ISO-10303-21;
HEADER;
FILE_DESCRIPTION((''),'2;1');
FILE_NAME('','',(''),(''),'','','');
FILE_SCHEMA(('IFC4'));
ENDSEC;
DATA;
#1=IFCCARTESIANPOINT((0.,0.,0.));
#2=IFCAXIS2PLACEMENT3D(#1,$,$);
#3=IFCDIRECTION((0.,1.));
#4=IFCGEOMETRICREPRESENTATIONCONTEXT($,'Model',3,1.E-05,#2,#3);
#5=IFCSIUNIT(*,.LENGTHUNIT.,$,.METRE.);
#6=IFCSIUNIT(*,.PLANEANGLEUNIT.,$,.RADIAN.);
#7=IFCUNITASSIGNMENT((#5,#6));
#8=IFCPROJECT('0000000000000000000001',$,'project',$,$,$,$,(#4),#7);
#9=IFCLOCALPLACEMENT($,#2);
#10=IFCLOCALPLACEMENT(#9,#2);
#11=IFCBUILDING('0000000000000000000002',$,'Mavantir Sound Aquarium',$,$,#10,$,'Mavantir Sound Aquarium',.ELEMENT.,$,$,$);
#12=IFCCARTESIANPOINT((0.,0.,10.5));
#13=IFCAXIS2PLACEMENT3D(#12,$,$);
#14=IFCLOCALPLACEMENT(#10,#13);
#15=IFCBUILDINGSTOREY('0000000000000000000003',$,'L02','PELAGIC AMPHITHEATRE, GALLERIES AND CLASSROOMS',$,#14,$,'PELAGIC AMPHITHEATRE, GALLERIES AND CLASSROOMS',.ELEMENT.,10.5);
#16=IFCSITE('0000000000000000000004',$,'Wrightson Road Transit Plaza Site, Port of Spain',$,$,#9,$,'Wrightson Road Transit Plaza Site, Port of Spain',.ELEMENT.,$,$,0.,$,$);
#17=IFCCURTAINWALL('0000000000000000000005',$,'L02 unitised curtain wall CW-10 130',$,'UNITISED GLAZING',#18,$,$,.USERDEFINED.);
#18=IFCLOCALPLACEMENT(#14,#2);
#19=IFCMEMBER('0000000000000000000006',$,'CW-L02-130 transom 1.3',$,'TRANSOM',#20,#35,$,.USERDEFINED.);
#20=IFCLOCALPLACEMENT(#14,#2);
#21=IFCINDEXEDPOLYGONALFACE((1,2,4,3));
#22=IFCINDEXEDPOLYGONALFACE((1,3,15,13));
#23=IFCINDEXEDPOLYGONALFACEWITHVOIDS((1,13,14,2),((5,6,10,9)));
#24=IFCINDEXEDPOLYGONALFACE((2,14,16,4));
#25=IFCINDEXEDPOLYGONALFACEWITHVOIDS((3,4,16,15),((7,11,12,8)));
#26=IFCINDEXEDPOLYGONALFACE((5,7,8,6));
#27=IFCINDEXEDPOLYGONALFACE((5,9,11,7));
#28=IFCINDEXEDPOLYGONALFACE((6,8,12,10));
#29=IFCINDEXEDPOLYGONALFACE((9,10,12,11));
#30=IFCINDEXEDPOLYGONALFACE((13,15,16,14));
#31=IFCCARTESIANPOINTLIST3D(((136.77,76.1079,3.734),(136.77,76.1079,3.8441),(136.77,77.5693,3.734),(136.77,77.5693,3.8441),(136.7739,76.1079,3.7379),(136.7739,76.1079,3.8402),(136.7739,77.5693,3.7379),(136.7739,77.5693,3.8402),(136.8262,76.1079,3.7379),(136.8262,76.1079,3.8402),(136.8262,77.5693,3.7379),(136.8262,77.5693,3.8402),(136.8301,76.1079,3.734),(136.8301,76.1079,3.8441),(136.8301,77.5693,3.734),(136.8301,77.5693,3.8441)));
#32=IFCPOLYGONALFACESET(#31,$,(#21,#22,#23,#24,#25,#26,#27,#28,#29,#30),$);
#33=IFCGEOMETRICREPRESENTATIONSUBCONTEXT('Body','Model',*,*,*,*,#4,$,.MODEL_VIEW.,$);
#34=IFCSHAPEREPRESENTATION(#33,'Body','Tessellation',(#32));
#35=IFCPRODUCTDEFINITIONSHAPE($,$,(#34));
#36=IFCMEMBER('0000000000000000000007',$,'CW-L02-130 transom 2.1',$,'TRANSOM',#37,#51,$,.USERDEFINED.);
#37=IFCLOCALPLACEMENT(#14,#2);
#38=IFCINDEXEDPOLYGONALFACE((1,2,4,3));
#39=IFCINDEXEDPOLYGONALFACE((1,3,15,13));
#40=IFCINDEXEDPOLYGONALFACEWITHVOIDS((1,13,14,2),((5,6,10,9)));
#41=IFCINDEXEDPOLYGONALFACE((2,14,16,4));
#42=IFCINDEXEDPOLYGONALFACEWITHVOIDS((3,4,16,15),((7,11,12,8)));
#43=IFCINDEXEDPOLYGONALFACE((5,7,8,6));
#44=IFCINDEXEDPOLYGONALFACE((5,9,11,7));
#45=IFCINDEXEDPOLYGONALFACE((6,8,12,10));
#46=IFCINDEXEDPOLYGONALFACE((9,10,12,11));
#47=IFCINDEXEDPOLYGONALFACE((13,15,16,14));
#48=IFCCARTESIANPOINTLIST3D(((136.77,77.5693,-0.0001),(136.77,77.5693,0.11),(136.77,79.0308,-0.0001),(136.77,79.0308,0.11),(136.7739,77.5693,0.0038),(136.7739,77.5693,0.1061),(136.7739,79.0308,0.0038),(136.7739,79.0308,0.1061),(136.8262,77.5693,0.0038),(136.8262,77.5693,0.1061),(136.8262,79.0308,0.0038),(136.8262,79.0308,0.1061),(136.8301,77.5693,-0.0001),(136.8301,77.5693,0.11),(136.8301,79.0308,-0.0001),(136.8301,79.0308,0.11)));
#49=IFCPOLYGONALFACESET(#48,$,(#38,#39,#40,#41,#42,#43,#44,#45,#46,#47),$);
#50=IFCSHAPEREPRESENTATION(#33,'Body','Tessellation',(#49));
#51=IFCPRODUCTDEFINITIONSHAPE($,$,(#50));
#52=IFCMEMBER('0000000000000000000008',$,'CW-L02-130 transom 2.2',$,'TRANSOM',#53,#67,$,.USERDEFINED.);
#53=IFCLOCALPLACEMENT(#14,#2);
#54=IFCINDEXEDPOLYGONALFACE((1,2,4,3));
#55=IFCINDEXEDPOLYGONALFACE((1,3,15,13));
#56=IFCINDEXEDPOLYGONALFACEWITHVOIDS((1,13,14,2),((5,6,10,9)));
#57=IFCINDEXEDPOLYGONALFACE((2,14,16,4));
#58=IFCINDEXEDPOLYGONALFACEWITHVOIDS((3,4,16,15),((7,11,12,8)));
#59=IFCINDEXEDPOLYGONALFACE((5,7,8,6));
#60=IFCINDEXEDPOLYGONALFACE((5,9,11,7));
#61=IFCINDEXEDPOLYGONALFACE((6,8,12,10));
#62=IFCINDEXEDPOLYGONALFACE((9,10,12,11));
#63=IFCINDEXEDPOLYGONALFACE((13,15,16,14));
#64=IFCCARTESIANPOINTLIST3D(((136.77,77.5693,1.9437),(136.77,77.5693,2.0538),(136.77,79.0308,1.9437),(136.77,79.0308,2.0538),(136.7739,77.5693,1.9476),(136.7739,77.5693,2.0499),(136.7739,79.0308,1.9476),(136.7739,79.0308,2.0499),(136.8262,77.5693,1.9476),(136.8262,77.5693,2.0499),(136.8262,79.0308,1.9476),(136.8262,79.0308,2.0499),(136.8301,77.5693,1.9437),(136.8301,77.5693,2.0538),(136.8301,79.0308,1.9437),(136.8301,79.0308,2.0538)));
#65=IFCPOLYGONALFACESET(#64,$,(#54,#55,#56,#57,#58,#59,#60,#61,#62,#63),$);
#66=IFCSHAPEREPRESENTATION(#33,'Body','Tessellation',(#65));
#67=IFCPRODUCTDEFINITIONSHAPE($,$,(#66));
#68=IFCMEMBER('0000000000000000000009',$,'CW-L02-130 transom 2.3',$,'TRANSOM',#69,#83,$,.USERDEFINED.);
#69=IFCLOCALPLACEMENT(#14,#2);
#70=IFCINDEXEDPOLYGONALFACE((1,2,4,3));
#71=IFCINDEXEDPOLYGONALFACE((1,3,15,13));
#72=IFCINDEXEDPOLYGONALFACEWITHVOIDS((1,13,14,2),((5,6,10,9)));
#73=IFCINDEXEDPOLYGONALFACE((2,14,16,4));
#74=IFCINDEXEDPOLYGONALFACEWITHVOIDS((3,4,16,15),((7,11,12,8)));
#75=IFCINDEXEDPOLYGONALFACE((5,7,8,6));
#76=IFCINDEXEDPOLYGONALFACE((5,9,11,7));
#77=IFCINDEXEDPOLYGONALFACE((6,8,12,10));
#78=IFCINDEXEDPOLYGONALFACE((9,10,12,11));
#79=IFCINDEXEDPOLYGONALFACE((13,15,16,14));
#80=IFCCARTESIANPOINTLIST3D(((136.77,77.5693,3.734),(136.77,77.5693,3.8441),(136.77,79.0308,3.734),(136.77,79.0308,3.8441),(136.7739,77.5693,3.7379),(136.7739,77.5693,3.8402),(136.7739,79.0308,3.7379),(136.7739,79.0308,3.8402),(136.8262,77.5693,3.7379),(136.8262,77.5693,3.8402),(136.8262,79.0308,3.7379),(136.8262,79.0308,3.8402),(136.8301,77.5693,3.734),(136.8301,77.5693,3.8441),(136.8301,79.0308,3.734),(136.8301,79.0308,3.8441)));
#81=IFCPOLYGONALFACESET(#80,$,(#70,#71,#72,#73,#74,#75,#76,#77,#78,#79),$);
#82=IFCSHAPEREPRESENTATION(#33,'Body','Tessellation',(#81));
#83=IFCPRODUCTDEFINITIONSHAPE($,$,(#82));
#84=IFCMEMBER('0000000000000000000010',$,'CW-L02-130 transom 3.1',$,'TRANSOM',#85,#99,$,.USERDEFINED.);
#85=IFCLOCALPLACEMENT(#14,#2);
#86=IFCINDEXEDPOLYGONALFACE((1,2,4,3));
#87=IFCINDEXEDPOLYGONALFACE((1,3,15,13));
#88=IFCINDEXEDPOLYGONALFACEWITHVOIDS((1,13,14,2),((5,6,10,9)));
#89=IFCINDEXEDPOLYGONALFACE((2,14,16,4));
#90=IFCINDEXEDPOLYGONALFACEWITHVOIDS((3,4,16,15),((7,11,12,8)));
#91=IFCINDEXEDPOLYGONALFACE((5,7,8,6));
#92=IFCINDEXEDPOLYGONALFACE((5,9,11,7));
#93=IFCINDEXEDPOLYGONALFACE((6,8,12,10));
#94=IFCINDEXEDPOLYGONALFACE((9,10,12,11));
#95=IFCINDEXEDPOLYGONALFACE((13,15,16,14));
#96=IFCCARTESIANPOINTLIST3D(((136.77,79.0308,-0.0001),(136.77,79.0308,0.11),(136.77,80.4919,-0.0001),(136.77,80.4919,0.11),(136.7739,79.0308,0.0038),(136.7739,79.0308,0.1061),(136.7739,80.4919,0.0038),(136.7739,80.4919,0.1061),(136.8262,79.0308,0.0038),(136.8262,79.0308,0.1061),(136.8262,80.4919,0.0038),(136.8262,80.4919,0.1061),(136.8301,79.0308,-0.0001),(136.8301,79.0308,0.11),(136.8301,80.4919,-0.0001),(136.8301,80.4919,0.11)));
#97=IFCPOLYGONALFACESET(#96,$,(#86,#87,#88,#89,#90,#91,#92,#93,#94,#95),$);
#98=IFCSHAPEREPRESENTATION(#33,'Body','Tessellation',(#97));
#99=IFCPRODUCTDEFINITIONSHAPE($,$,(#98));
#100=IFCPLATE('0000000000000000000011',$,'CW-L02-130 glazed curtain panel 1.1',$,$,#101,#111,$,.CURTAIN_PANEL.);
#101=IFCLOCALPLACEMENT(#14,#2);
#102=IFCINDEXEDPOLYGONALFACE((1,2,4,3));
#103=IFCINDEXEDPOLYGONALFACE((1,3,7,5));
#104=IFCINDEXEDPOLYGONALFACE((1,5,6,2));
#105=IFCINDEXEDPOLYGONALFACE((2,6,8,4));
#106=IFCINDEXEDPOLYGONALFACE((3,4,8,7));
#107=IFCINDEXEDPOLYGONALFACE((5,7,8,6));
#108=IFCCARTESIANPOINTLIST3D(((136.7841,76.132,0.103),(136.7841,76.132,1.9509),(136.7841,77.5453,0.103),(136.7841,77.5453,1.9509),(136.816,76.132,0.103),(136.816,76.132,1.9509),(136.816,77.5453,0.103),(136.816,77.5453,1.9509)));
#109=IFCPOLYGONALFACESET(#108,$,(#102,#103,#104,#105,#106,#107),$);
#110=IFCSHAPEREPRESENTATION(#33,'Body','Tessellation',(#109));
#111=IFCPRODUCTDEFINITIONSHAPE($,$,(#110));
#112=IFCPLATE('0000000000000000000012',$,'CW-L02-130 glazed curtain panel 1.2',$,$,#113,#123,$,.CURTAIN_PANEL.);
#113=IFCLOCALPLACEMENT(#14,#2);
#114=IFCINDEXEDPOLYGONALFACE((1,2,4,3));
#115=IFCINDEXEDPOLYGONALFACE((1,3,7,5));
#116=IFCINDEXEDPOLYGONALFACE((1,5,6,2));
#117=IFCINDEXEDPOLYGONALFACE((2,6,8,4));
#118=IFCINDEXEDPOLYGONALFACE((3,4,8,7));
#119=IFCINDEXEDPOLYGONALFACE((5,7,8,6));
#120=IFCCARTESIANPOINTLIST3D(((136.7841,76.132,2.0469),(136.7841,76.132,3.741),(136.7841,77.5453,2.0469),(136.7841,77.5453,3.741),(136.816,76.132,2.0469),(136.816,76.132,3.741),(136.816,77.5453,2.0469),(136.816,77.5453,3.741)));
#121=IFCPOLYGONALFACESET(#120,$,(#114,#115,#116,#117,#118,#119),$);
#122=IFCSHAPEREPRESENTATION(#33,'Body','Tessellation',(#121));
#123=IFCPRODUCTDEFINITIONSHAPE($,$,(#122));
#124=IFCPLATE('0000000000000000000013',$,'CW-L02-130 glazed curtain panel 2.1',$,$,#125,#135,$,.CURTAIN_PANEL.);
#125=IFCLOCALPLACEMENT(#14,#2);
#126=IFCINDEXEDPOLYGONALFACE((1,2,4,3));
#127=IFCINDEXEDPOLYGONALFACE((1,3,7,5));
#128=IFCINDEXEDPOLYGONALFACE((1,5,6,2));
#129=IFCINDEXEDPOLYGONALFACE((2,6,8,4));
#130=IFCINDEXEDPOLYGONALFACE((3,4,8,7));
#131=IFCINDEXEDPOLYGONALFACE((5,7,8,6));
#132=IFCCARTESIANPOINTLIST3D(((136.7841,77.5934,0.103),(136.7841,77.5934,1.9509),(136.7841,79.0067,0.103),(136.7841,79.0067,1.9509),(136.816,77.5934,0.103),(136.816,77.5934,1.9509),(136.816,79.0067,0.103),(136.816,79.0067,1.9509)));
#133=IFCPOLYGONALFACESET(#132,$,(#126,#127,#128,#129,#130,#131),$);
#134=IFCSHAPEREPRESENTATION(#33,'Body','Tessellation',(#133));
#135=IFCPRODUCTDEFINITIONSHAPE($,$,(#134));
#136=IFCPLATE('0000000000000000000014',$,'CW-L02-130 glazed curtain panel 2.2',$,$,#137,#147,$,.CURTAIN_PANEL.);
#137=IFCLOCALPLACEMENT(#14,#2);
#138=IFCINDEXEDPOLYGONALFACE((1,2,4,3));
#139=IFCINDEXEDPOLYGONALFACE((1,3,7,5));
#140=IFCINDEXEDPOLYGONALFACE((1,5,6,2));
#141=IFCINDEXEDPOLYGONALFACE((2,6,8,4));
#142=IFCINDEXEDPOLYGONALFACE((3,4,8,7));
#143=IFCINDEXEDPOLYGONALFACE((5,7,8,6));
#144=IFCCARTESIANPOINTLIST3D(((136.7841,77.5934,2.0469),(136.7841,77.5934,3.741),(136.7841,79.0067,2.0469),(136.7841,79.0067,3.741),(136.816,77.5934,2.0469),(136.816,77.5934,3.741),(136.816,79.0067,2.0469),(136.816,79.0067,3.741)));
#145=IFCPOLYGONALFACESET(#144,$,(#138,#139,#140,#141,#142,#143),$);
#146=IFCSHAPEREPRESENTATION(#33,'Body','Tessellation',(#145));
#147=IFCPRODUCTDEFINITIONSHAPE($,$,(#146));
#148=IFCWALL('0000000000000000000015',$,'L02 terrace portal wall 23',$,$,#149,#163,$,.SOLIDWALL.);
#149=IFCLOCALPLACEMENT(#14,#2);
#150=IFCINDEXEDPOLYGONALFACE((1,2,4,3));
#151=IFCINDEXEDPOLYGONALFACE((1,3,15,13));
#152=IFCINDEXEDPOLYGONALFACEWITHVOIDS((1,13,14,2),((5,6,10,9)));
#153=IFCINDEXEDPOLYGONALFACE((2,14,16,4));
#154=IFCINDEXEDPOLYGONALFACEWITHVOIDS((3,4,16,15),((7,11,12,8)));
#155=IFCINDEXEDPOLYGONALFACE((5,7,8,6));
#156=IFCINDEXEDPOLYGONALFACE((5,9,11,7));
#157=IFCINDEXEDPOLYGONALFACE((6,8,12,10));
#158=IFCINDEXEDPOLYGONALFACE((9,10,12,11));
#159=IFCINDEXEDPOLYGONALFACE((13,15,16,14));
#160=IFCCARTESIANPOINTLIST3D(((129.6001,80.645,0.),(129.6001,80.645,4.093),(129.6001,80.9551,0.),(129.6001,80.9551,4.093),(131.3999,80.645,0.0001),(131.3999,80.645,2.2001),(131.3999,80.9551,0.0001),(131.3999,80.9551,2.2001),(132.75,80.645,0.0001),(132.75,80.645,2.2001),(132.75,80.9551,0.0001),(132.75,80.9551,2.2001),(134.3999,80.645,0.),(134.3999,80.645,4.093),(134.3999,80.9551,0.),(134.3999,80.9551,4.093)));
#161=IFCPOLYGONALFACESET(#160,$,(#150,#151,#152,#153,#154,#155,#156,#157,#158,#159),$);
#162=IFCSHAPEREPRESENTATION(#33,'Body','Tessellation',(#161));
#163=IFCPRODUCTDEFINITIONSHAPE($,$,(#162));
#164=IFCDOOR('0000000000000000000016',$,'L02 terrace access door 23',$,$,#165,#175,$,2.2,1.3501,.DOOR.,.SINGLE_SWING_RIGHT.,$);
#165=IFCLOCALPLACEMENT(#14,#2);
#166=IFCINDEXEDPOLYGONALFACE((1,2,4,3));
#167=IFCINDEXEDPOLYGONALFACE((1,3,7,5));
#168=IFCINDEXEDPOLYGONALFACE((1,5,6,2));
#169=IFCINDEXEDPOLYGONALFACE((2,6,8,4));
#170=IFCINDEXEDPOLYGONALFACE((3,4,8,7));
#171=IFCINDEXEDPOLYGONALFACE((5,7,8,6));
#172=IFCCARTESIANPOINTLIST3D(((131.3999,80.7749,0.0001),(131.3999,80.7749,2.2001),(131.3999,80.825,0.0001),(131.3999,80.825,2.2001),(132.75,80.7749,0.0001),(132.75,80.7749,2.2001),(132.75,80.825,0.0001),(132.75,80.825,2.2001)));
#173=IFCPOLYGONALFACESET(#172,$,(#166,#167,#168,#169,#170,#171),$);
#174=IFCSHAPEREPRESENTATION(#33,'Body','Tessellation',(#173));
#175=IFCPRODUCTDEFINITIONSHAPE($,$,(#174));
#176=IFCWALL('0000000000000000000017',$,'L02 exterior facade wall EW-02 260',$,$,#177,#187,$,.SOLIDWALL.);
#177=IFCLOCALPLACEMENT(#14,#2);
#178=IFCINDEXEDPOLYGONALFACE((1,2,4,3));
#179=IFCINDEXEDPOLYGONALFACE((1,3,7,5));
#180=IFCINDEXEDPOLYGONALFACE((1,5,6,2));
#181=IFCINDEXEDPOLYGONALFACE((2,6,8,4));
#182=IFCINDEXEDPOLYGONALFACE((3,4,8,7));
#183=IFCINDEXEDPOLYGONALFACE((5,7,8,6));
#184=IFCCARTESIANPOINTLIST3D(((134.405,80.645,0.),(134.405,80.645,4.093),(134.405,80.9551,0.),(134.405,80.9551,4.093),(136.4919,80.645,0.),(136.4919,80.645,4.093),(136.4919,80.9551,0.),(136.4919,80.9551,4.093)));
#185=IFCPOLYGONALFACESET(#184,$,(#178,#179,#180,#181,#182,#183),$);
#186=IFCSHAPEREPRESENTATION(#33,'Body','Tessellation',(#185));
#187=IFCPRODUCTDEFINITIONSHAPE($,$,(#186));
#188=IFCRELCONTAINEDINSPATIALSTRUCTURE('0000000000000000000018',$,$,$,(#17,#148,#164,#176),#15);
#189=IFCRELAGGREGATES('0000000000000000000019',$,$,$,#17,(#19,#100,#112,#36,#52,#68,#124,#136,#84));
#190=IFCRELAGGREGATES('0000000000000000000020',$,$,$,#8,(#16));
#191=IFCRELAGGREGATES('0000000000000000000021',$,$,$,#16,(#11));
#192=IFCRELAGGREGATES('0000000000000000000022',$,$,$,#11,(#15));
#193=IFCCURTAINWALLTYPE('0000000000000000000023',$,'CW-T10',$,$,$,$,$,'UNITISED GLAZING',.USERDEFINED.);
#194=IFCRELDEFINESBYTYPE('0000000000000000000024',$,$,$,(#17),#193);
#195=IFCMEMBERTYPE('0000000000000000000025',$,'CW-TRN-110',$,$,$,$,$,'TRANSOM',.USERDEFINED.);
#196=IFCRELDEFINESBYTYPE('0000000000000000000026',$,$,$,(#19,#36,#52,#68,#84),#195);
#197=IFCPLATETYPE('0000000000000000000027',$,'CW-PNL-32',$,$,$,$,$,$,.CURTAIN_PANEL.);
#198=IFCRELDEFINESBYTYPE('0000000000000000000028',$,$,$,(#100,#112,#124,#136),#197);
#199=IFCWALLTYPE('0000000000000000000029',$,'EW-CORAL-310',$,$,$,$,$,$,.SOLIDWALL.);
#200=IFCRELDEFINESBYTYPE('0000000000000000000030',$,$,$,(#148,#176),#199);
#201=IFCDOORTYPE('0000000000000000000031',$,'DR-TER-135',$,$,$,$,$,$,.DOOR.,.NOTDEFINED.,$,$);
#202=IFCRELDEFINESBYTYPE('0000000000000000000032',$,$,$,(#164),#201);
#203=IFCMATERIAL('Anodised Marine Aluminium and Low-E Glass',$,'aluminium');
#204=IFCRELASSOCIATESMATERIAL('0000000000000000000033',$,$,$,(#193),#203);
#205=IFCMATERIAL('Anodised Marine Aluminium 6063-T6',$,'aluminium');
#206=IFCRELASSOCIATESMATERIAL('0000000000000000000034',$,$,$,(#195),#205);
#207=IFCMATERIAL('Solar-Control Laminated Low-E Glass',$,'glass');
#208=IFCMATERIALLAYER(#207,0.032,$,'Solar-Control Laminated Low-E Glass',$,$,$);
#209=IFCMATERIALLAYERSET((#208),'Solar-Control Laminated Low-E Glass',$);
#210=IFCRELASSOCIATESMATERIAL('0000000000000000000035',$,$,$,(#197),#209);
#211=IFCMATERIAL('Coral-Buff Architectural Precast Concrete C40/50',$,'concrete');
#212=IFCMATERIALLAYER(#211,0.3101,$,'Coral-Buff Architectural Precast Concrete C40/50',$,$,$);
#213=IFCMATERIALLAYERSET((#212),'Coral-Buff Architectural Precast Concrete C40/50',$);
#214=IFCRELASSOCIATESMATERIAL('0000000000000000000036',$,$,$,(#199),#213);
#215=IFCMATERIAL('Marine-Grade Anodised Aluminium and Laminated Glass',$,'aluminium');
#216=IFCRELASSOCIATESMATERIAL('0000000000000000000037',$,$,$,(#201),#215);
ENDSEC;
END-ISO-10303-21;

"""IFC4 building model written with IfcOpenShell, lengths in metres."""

from ifc_helpers import new_model, si_unit, direction, frame, frame_2d, origin, origin_2d, place, context, subcontext, project, spatial, rectangle, hollow_rectangle, extrude, material, layer, layer_set, material_profile, profile_set, type_object, element, fill, aggregate, save


model = new_model("IFC4")

# Units and contexts
model_context = context("Model", 3, precision=1e-05, world=origin(), true_north=direction((0.0, 1.0)))
body_context = subcontext(model_context, "Body", "Model", "MODEL_VIEW")
ifc_project = project(units=[si_unit("LENGTHUNIT", "METRE"), si_unit("PLANEANGLEUNIT", "RADIAN")], contexts=[model_context])

# Site, building, storey
site_placement = place(None, origin())
site = spatial("IfcSite", under=ifc_project, at=site_placement, Name="Wrightson Road Transit Plaza Site, Port of Spain", LongName="Wrightson Road Transit Plaza Site, Port of Spain", CompositionType="ELEMENT", RefElevation=0.0)
building_placement = place(site_placement, origin())
building = spatial("IfcBuilding", under=site, at=building_placement, Name="Mavantir Sound Aquarium", LongName="Mavantir Sound Aquarium", CompositionType="ELEMENT")
storey_placement = place(building_placement, frame((0.0, 0.0, 10.5)))
storey = spatial("IfcBuildingStorey", under=building, at=storey_placement, Name="L02", Description="PELAGIC AMPHITHEATRE, GALLERIES AND CLASSROOMS", LongName="PELAGIC AMPHITHEATRE, GALLERIES AND CLASSROOMS", CompositionType="ELEMENT", Elevation=10.5)

# Curtain wall, members, plates
ifc_material_1 = material(Name="Anodised Marine Aluminium and Low-E Glass", Category="aluminium")
curtain_wall_type = type_object("IfcCurtainWallType", Name="CW-T10", ElementType="UNITISED GLAZING", PredefinedType="USERDEFINED", material=ifc_material_1)
curtain_wall_placement = place(storey_placement, origin())
curtain_wall = element("IfcCurtainWall", 1, at=curtain_wall_placement, inside=storey, type_object=curtain_wall_type, Name="L02 unitised curtain wall CW-10 130", ObjectType="UNITISED GLAZING", PredefinedType="USERDEFINED")
ifc_material_2 = material(Name="Anodised Marine Aluminium 6063-T6", Category="aluminium")
ifc_material_profile_1 = material_profile(ifc_material_2, hollow_rectangle(XDim=0.0601, YDim=0.1101, WallThickness=0.0039, at=origin_2d()), Name="ALU-TRANSOM-110X60")
ifc_profile_set_1 = profile_set([ifc_material_profile_1], Name="Anodised Marine Aluminium 6063-T6")
member_type_1 = type_object("IfcMemberType", Name="CW-TRN-110", ElementType="TRANSOM", PredefinedType="USERDEFINED", material=ifc_profile_set_1)
member_1_placement = place(storey_placement, frame((136.8, 76.1079, 3.7891), z_axis=(0.0, 1.0, 0.0), x_axis=(-1.0, 0.0, 0.0)))
member_1 = element("IfcMember", 2, at=member_1_placement, type_object=member_type_1, Name="CW-L02-130 transom 1.3", ObjectType="TRANSOM", PredefinedType="USERDEFINED", context=body_context, shape_type="SweptSolid", body=[
    extrude(hollow_rectangle(XDim=0.0601, YDim=0.1101, WallThickness=0.0039, at=origin_2d()), origin(), (0.0, 0.0, 1.0), 1.4614),
])
member_2_placement = place(storey_placement, frame((136.8, 77.5693, 0.0549), z_axis=(0.0, 1.0, 0.0), x_axis=(-1.0, 0.0, 0.0)))
member_2 = element("IfcMember", 3, at=member_2_placement, type_object=member_type_1, Name="CW-L02-130 transom 2.1", ObjectType="TRANSOM", PredefinedType="USERDEFINED", context=body_context, shape_type="SweptSolid", body=[
    extrude(hollow_rectangle(XDim=0.0601, YDim=0.1101, WallThickness=0.0039, at=origin_2d()), origin(), (0.0, 0.0, 1.0), 1.4614),
])
member_3_placement = place(storey_placement, frame((136.8, 77.5693, 1.9988), z_axis=(0.0, 1.0, 0.0), x_axis=(-1.0, 0.0, 0.0)))
member_3 = element("IfcMember", 4, at=member_3_placement, type_object=member_type_1, Name="CW-L02-130 transom 2.2", ObjectType="TRANSOM", PredefinedType="USERDEFINED", context=body_context, shape_type="SweptSolid", body=[
    extrude(hollow_rectangle(XDim=0.0601, YDim=0.1101, WallThickness=0.0039, at=origin_2d()), origin(), (0.0, 0.0, 1.0), 1.4614),
])
member_4_placement = place(storey_placement, frame((136.8, 77.5693, 3.7891), z_axis=(0.0, 1.0, 0.0), x_axis=(-1.0, 0.0, 0.0)))
member_4 = element("IfcMember", 5, at=member_4_placement, type_object=member_type_1, Name="CW-L02-130 transom 2.3", ObjectType="TRANSOM", PredefinedType="USERDEFINED", context=body_context, shape_type="SweptSolid", body=[
    extrude(hollow_rectangle(XDim=0.0601, YDim=0.1101, WallThickness=0.0039, at=origin_2d()), origin(), (0.0, 0.0, 1.0), 1.4614),
])
member_5_placement = place(storey_placement, frame((136.8, 79.0308, 0.0549), z_axis=(0.0, 1.0, 0.0), x_axis=(-1.0, 0.0, 0.0)))
member_5 = element("IfcMember", 6, at=member_5_placement, type_object=member_type_1, Name="CW-L02-130 transom 3.1", ObjectType="TRANSOM", PredefinedType="USERDEFINED", context=body_context, shape_type="SweptSolid", body=[
    extrude(hollow_rectangle(XDim=0.0601, YDim=0.1101, WallThickness=0.0039, at=origin_2d()), origin(), (0.0, 0.0, 1.0), 1.4612),
])
ifc_material_3 = material(Name="Solar-Control Laminated Low-E Glass", Category="glass")
ifc_layer_1 = layer(ifc_material_3, 0.032, Name="Solar-Control Laminated Low-E Glass")
ifc_layer_set_1 = layer_set([ifc_layer_1], Name="Solar-Control Laminated Low-E Glass")
plate_type = type_object("IfcPlateType", Name="CW-PNL-32", PredefinedType="CURTAIN_PANEL", material=ifc_layer_set_1)
plate_1_placement = place(storey_placement, frame((136.8, 76.8386, 0.103), z_axis=(0.0, 0.0, 1.0), x_axis=(0.0, 1.0, 0.0)))
plate_1 = element("IfcPlate", 7, at=plate_1_placement, type_object=plate_type, Name="CW-L02-130 glazed curtain panel 1.1", PredefinedType="CURTAIN_PANEL", context=body_context, shape_type="SweptSolid", body=[
    extrude(rectangle(XDim=1.4133, YDim=0.032, at=origin_2d()), origin(), (0.0, 0.0, 1.0), 1.8479),
])
plate_2_placement = place(storey_placement, frame((136.8, 76.8386, 2.0469), z_axis=(0.0, 0.0, 1.0), x_axis=(0.0, 1.0, 0.0)))
plate_2 = element("IfcPlate", 8, at=plate_2_placement, type_object=plate_type, Name="CW-L02-130 glazed curtain panel 1.2", PredefinedType="CURTAIN_PANEL", context=body_context, shape_type="SweptSolid", body=[
    extrude(rectangle(XDim=1.4133, YDim=0.032, at=origin_2d()), origin(), (0.0, 0.0, 1.0), 1.6941),
])
plate_3_placement = place(storey_placement, frame((136.8, 78.3, 0.103), z_axis=(0.0, 0.0, 1.0), x_axis=(0.0, 1.0, 0.0)))
plate_3 = element("IfcPlate", 9, at=plate_3_placement, type_object=plate_type, Name="CW-L02-130 glazed curtain panel 2.1", PredefinedType="CURTAIN_PANEL", context=body_context, shape_type="SweptSolid", body=[
    extrude(rectangle(XDim=1.4133, YDim=0.032, at=origin_2d()), origin(), (0.0, 0.0, 1.0), 1.8479),
])
plate_4_placement = place(storey_placement, frame((136.8, 78.3, 2.0469), z_axis=(0.0, 0.0, 1.0), x_axis=(0.0, 1.0, 0.0)))
plate_4 = element("IfcPlate", 10, at=plate_4_placement, type_object=plate_type, Name="CW-L02-130 glazed curtain panel 2.2", PredefinedType="CURTAIN_PANEL", context=body_context, shape_type="SweptSolid", body=[
    extrude(rectangle(XDim=1.4133, YDim=0.032, at=origin_2d()), origin(), (0.0, 0.0, 1.0), 1.6941),
])
aggregate(curtain_wall, [member_1, plate_1, plate_2, member_2, member_3, member_4, plate_3, plate_4, member_5])

# Wall, opening, door
ifc_material_4 = material(Name="Coral-Buff Architectural Precast Concrete C40/50", Category="concrete")
ifc_layer_2 = layer(ifc_material_4, 0.3101, Name="Coral-Buff Architectural Precast Concrete C40/50")
ifc_layer_set_2 = layer_set([ifc_layer_2], Name="Coral-Buff Architectural Precast Concrete C40/50")
wall_type_1 = type_object("IfcWallType", Name="EW-CORAL-310", PredefinedType="SOLIDWALL", material=ifc_layer_set_2)
wall_1_placement = place(storey_placement, frame((134.3999, 80.8, 0.0), z_axis=(0.0, 0.0, 1.0), x_axis=(-1.0, 0.0, 0.0)))
wall_1 = element("IfcWall", 11, at=wall_1_placement, inside=storey, type_object=wall_type_1, Name="L02 terrace portal wall 23", PredefinedType="SOLIDWALL", context=body_context, shape_type="SweptSolid", body=[
    extrude(rectangle(XDim=4.7998, YDim=0.3101, at=frame_2d((2.3999, 0.0))), origin(), (0.0, 0.0, 1.0), 4.093),
])
opening_placement = place(wall_1_placement, frame((3.0, 0.0, 0.0), z_axis=(0.0, 0.0, 1.0), x_axis=(-1.0, 0.0, 0.0)))
opening = element("IfcOpeningElement", 12, at=opening_placement, cuts=wall_1, PredefinedType="OPENING", context=body_context, shape_type="SweptSolid", body=[
    extrude(rectangle(XDim=1.3501, YDim=2.2, at=frame_2d((0.675, 1.1001))), frame((0.0, 0.165, 0.0), z_axis=(0.0, -1.0, 0.0), x_axis=(1.0, 0.0, 0.0)), (0.0, 0.0, 1.0), 0.3301),
])
ifc_material_5 = material(Name="Marine-Grade Anodised Aluminium and Laminated Glass", Category="aluminium")
door_type = type_object("IfcDoorType", Name="DR-TER-135", OperationType="NOTDEFINED", PredefinedType="DOOR", material=ifc_material_5)
door_placement = place(opening_placement, origin())
door = element("IfcDoor", 13, at=door_placement, inside=storey, type_object=door_type, Name="L02 terrace access door 23", OperationType="SINGLE_SWING_RIGHT", OverallHeight=2.2, OverallWidth=1.3501, PredefinedType="DOOR", context=body_context, shape_type="SweptSolid", body=[
    extrude(rectangle(XDim=1.3501, YDim=2.2, at=frame_2d((0.675, 1.1001))), frame((0.0, 0.0249, 0.0), z_axis=(0.0, -1.0, 0.0), x_axis=(1.0, 0.0, 0.0)), (0.0, 0.0, 1.0), 0.05),
])
fill(opening, door)

# Wall
wall_2_placement = place(storey_placement, frame((136.4919, 80.8, 0.0), z_axis=(0.0, 0.0, 1.0), x_axis=(-1.0, 0.0, 0.0)))
element("IfcWall", 14, at=wall_2_placement, inside=storey, type_object=wall_type_1, Name="L02 exterior facade wall EW-02 260", PredefinedType="SOLIDWALL", context=body_context, shape_type="SweptSolid", body=[
    extrude(rectangle(XDim=2.0869, YDim=0.3101, at=frame_2d((1.0435, 0.0))), origin(), (0.0, 0.0, 1.0), 4.093),
])

save(model, "model.ifc")
